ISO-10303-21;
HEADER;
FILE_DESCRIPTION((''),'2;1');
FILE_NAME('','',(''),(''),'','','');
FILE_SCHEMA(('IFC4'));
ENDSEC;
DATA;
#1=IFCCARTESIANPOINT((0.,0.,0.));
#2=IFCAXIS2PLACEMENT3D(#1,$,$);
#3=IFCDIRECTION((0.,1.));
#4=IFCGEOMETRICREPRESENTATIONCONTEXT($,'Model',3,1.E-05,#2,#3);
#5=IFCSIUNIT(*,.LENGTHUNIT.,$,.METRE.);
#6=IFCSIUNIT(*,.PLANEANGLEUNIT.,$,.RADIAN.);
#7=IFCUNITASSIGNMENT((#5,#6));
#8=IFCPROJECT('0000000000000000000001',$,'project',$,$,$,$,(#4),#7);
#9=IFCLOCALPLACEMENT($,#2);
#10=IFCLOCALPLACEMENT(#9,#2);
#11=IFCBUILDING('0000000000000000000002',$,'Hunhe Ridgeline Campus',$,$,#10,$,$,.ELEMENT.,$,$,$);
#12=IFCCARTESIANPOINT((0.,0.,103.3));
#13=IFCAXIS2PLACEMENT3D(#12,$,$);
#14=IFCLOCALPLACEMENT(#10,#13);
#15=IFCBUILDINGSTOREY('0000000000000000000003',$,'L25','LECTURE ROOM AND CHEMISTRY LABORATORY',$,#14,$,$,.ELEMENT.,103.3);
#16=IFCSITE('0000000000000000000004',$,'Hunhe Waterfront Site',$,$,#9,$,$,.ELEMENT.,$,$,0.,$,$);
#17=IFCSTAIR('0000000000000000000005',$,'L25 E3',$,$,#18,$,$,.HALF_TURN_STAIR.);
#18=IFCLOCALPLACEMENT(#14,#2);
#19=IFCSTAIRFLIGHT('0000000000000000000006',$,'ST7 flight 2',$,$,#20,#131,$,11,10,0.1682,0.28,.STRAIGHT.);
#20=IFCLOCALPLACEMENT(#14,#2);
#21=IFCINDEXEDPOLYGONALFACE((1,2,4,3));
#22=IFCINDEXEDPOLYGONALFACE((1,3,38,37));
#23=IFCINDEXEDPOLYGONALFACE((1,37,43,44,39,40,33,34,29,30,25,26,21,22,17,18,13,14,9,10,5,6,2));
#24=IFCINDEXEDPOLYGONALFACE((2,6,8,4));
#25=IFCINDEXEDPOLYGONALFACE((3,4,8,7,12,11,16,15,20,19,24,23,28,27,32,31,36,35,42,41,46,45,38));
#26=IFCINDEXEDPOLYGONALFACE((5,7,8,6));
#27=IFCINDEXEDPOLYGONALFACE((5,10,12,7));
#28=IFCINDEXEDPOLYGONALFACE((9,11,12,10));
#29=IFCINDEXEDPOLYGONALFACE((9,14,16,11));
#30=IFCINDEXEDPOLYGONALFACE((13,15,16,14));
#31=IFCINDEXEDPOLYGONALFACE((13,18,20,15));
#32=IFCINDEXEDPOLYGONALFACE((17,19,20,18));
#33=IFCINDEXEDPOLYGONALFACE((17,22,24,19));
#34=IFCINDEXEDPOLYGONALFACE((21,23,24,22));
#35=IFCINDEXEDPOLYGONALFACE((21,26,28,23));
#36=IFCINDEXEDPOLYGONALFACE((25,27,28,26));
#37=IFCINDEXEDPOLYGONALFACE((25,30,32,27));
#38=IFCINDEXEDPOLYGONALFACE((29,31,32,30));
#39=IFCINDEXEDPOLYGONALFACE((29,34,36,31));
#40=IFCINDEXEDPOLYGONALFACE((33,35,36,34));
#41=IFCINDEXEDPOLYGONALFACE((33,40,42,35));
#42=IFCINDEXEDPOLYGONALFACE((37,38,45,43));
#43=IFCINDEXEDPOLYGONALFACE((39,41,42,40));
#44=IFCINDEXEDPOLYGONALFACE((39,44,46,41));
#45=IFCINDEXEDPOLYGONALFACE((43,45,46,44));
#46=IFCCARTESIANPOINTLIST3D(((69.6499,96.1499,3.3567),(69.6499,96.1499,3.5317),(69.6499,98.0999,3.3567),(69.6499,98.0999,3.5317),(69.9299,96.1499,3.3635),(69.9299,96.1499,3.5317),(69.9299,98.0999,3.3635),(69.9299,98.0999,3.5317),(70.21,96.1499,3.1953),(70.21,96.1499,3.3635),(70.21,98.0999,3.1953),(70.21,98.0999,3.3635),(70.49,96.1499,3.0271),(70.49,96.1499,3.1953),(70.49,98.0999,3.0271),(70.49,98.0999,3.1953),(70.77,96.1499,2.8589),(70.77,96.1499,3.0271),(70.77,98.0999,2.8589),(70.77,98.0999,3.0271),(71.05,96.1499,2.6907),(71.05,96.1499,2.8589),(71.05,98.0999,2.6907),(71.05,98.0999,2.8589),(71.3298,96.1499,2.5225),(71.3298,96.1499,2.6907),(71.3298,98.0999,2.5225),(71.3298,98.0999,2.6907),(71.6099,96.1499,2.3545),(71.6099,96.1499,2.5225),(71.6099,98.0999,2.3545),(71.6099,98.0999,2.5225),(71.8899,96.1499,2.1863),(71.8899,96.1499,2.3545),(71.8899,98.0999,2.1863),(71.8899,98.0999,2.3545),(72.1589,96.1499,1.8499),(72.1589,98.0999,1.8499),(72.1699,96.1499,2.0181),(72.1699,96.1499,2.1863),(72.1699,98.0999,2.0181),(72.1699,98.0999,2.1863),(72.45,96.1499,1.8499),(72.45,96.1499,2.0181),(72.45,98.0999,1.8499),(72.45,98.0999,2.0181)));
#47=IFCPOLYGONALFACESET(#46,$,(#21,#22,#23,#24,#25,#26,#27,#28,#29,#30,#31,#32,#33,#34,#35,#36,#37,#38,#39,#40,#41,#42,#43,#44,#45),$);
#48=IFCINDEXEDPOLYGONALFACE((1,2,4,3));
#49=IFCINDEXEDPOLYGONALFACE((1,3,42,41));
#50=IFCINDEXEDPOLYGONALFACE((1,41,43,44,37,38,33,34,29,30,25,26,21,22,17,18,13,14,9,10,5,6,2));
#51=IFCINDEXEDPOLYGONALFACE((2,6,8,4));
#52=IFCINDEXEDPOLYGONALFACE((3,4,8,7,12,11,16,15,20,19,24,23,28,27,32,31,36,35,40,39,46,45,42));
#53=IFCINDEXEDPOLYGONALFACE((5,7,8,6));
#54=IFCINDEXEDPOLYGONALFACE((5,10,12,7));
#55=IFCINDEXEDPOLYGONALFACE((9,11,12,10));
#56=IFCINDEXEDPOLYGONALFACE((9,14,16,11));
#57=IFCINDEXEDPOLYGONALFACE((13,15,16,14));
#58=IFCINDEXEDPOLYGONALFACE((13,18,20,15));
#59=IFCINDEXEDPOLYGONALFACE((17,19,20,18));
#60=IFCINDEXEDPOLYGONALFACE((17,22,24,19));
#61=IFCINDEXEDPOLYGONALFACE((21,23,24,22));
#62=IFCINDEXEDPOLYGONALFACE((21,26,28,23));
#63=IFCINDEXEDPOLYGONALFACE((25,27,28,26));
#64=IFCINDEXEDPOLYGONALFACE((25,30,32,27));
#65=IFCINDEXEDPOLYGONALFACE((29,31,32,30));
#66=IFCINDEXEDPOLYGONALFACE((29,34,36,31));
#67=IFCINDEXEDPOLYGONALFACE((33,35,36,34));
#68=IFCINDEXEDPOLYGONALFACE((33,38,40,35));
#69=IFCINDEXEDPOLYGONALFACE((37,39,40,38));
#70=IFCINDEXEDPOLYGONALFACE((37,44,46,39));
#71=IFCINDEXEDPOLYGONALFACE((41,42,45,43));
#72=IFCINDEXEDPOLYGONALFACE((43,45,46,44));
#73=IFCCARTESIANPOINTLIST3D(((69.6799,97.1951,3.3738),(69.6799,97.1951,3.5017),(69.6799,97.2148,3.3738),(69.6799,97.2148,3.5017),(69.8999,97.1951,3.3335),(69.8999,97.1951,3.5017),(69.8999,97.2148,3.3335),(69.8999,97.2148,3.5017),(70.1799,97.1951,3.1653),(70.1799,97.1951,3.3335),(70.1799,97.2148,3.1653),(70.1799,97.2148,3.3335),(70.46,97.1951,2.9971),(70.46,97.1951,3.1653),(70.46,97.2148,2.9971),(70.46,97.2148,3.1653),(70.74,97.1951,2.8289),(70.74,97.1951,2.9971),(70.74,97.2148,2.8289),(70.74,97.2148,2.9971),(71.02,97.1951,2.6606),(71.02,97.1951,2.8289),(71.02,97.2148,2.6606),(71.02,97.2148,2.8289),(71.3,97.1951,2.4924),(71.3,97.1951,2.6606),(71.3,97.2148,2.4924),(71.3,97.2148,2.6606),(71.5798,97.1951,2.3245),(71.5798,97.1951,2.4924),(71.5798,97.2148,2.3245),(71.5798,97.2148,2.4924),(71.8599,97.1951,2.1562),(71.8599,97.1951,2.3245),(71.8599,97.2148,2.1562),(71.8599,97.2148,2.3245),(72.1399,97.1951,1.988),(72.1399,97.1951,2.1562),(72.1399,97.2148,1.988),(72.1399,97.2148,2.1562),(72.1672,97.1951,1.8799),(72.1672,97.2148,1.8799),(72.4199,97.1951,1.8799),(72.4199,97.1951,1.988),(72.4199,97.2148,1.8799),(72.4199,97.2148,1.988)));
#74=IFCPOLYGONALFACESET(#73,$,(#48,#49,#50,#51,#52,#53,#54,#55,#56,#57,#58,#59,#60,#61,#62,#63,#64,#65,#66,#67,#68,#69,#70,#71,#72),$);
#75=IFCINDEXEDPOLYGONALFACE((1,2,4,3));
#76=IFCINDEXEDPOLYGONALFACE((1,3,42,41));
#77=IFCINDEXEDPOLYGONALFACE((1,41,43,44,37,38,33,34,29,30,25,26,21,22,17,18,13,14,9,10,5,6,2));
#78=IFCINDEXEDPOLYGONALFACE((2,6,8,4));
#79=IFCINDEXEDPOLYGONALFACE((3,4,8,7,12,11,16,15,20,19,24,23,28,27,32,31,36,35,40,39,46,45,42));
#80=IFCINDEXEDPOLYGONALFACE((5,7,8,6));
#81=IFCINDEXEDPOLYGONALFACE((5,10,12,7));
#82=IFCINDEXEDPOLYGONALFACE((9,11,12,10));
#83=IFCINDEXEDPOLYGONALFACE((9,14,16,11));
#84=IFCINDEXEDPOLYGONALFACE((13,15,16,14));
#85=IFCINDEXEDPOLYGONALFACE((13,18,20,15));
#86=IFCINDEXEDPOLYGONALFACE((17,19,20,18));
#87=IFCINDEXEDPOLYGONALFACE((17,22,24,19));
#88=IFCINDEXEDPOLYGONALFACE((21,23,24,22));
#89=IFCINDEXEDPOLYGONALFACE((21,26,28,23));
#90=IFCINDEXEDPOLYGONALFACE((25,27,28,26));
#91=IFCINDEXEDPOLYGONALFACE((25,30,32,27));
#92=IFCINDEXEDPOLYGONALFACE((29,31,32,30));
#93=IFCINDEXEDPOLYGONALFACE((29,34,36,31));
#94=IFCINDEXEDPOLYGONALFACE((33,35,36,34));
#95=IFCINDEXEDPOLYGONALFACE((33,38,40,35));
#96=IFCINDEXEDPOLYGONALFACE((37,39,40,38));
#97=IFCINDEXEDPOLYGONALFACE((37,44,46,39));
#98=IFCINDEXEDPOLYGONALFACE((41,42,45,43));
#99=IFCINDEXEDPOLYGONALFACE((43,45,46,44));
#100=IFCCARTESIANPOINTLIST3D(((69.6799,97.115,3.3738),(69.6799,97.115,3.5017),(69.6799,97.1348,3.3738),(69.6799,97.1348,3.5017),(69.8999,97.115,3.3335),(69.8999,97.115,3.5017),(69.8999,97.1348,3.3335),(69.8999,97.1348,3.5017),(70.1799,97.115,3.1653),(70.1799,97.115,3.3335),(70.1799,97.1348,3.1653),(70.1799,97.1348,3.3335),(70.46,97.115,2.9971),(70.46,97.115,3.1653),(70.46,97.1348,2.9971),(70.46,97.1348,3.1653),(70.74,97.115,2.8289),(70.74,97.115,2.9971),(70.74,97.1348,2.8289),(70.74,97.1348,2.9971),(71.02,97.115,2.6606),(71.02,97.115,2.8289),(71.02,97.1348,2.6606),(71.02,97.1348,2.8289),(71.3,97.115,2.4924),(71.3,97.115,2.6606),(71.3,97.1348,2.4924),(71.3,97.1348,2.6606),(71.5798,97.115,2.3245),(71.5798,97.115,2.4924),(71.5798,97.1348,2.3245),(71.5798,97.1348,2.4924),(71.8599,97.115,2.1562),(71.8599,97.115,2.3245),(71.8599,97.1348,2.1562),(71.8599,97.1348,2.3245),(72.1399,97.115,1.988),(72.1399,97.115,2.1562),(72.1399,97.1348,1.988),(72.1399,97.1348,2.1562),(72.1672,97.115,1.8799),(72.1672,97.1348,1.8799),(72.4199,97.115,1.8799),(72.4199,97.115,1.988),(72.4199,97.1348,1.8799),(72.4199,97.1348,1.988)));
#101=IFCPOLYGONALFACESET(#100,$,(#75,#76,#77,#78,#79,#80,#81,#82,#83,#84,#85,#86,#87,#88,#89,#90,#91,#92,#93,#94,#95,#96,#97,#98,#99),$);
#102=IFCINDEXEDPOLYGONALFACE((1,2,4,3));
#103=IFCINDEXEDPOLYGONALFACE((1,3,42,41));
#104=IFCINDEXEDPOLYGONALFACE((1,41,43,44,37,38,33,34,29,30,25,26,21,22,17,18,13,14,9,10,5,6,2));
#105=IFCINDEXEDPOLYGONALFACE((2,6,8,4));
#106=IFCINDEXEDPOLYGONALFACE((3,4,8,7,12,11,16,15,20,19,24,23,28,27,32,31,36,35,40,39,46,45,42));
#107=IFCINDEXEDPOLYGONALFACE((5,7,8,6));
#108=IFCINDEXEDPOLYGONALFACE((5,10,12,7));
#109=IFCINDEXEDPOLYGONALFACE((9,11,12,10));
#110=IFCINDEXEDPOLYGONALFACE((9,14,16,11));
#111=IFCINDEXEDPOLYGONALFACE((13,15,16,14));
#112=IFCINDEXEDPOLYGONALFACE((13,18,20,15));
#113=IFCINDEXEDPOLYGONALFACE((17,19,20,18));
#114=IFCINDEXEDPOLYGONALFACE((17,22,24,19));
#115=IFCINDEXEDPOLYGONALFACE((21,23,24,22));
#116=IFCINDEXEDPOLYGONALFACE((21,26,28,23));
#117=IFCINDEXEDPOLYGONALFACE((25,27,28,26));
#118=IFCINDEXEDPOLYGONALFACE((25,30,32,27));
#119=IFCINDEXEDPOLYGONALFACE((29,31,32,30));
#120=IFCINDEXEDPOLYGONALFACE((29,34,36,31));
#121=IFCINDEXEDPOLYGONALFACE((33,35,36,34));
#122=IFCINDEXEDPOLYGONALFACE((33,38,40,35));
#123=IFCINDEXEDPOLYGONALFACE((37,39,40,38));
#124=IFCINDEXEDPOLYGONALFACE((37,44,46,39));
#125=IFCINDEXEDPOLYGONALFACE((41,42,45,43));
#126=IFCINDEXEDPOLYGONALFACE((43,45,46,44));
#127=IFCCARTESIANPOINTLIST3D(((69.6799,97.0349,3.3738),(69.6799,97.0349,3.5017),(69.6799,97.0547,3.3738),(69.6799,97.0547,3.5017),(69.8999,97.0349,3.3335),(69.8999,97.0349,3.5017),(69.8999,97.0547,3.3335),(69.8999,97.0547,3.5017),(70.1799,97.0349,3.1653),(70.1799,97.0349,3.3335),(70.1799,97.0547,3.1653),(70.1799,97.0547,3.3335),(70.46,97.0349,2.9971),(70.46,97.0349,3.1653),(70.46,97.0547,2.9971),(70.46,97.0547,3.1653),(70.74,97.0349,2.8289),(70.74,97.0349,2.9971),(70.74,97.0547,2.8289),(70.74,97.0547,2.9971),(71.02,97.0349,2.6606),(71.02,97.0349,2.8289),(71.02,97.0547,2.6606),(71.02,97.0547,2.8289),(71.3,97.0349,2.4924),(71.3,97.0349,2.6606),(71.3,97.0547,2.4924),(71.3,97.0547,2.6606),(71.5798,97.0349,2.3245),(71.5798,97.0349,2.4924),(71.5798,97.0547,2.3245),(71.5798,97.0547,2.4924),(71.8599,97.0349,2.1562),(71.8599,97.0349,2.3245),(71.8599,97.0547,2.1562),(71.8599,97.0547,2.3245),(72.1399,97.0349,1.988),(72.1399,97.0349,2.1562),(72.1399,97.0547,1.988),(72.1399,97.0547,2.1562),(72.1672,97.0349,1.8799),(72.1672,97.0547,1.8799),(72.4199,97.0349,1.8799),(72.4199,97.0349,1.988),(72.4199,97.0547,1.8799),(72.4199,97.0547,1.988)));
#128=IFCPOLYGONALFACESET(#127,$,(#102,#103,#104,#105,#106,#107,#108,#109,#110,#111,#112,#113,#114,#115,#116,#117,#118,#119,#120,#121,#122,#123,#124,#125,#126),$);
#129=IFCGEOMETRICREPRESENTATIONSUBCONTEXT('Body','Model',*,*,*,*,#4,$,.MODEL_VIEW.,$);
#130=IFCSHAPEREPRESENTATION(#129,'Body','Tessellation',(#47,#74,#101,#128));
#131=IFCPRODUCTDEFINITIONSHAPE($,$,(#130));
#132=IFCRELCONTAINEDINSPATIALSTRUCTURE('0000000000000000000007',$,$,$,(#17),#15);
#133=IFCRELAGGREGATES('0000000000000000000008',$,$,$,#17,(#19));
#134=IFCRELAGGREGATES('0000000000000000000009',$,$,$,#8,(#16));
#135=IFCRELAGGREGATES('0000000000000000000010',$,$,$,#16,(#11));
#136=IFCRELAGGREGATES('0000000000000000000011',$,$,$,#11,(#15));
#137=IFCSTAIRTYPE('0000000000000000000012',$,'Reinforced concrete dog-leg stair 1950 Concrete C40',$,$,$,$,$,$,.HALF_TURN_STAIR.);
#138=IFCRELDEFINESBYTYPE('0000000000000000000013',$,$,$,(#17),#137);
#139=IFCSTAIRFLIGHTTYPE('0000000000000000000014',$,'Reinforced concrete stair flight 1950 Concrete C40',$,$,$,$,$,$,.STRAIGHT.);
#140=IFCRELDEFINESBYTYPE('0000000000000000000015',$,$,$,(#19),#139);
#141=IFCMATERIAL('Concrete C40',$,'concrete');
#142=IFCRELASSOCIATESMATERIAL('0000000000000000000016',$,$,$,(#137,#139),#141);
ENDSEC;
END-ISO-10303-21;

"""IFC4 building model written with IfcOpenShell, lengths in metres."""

from ifc_helpers import new_model, si_unit, direction, frame, origin, place, context, subcontext, project, spatial, polyline, outline, extrude, material, type_object, element, aggregate, save


model = new_model("IFC4")

# Units and contexts
model_context = context("Model", 3, precision=1e-05, world=origin(), true_north=direction((0.0, 1.0)))
body_context = subcontext(model_context, "Body", "Model", "MODEL_VIEW")
ifc_project = project(units=[si_unit("LENGTHUNIT", "METRE"), si_unit("PLANEANGLEUNIT", "RADIAN")], contexts=[model_context])

# Site, building, storey
site_placement = place(None, origin())
site = spatial("IfcSite", under=ifc_project, at=site_placement, Name="Hunhe Waterfront Site", CompositionType="ELEMENT", RefElevation=0.0)
building_placement = place(site_placement, origin())
building = spatial("IfcBuilding", under=site, at=building_placement, Name="Hunhe Ridgeline Campus", CompositionType="ELEMENT")
storey_placement = place(building_placement, frame((0.0, 0.0, 103.3)))
storey = spatial("IfcBuildingStorey", under=building, at=storey_placement, Name="L25", Description="LECTURE ROOM AND CHEMISTRY LABORATORY", CompositionType="ELEMENT", Elevation=103.3)

# Stair, stair flight
ifc_material_1 = material(Name="Concrete C40", Category="concrete")
stair_type = type_object("IfcStairType", Name="Reinforced concrete dog-leg stair 1950 Concrete C40", PredefinedType="HALF_TURN_STAIR", material=ifc_material_1)
stair_placement = place(storey_placement, origin())
stair = element("IfcStair", 1, at=stair_placement, inside=storey, type_object=stair_type, Name="L25 E3", PredefinedType="HALF_TURN_STAIR")
stair_flight_type = type_object("IfcStairFlightType", Name="Reinforced concrete stair flight 1950 Concrete C40", PredefinedType="STRAIGHT", material=ifc_material_1)
stair_flight_placement = place(storey_placement, frame((72.45, 97.125, 1.8499), z_axis=(0.0, 0.0, 1.0), x_axis=(-1.0, 0.0, 0.0)))
stair_flight = element("IfcStairFlight", 2, at=stair_flight_placement, type_object=stair_flight_type, Name="ST7 flight 2", NumberOfRisers=11, NumberOfTreads=10, PredefinedType="STRAIGHT", RiserHeight=0.1682, TreadLength=0.28, context=body_context, shape_type="SweptSolid", body=[
    extrude(outline(polyline([(0.0, 0.0), (0.0, 0.1682), (0.28, 0.1682), (0.28, 0.3364), (0.5601, 0.3364), (0.5601, 0.5046), (0.8401, 0.5046), (0.8401, 0.6726), (1.1201, 0.6726), (1.1201, 0.8408), (1.3999, 0.8408), (1.3999, 1.009), (1.6799, 1.009), (1.6799, 1.1772), (1.96, 1.1772), (1.96, 1.3455), (2.24, 1.3455), (2.24, 1.5137), (2.52, 1.5137), (2.52, 1.6819), (2.8, 1.6819), (2.8, 1.8501), (2.8, 1.5068), (0.291, 0.0), (0.0, 0.0)])), frame((0.0, 0.9751, 0.0), z_axis=(0.0, -1.0, 0.0), x_axis=(1.0, 0.0, 0.0)), (0.0, 0.0, 1.0), 1.95),
    extrude(outline(polyline([(0.03, 0.03), (0.03, 0.1382), (0.3101, 0.1382), (0.3101, 0.3064), (0.5901, 0.3064), (0.5901, 0.4746), (0.8701, 0.4746), (0.8701, 0.6426), (1.1499, 0.6426), (1.1499, 0.8108), (1.4299, 0.8108), (1.4299, 0.979), (1.71, 0.979), (1.71, 1.1472), (1.99, 1.1472), (1.99, 1.3154), (2.27, 1.3154), (2.27, 1.4836), (2.55, 1.4836), (2.55, 1.6519), (2.77, 1.6519), (2.77, 1.5239), (0.2827, 0.03), (0.03, 0.03)])), frame((0.0, -0.0701, 0.0), z_axis=(0.0, -1.0, 0.0), x_axis=(1.0, 0.0, 0.0)), (0.0, 0.0, 1.0), 0.0198),
    extrude(outline(polyline([(0.03, 0.03), (0.03, 0.1382), (0.3101, 0.1382), (0.3101, 0.3064), (0.5901, 0.3064), (0.5901, 0.4746), (0.8701, 0.4746), (0.8701, 0.6426), (1.1499, 0.6426), (1.1499, 0.8108), (1.4299, 0.8108), (1.4299, 0.979), (1.71, 0.979), (1.71, 1.1472), (1.99, 1.1472), (1.99, 1.3154), (2.27, 1.3154), (2.27, 1.4836), (2.55, 1.4836), (2.55, 1.6519), (2.77, 1.6519), (2.77, 1.5239), (0.2827, 0.03), (0.03, 0.03)])), frame((0.0, 0.01, 0.0), z_axis=(0.0, -1.0, 0.0), x_axis=(1.0, 0.0, 0.0)), (0.0, 0.0, 1.0), 0.0198),
    extrude(outline(polyline([(0.03, 0.03), (0.03, 0.1382), (0.3101, 0.1382), (0.3101, 0.3064), (0.5901, 0.3064), (0.5901, 0.4746), (0.8701, 0.4746), (0.8701, 0.6426), (1.1499, 0.6426), (1.1499, 0.8108), (1.4299, 0.8108), (1.4299, 0.979), (1.71, 0.979), (1.71, 1.1472), (1.99, 1.1472), (1.99, 1.3154), (2.27, 1.3154), (2.27, 1.4836), (2.55, 1.4836), (2.55, 1.6519), (2.77, 1.6519), (2.77, 1.5239), (0.2827, 0.03), (0.03, 0.03)])), frame((0.0, 0.0901, 0.0), z_axis=(0.0, -1.0, 0.0), x_axis=(1.0, 0.0, 0.0)), (0.0, 0.0, 1.0), 0.0198),
])
aggregate(stair, [stair_flight])

save(model, "model.ifc")
